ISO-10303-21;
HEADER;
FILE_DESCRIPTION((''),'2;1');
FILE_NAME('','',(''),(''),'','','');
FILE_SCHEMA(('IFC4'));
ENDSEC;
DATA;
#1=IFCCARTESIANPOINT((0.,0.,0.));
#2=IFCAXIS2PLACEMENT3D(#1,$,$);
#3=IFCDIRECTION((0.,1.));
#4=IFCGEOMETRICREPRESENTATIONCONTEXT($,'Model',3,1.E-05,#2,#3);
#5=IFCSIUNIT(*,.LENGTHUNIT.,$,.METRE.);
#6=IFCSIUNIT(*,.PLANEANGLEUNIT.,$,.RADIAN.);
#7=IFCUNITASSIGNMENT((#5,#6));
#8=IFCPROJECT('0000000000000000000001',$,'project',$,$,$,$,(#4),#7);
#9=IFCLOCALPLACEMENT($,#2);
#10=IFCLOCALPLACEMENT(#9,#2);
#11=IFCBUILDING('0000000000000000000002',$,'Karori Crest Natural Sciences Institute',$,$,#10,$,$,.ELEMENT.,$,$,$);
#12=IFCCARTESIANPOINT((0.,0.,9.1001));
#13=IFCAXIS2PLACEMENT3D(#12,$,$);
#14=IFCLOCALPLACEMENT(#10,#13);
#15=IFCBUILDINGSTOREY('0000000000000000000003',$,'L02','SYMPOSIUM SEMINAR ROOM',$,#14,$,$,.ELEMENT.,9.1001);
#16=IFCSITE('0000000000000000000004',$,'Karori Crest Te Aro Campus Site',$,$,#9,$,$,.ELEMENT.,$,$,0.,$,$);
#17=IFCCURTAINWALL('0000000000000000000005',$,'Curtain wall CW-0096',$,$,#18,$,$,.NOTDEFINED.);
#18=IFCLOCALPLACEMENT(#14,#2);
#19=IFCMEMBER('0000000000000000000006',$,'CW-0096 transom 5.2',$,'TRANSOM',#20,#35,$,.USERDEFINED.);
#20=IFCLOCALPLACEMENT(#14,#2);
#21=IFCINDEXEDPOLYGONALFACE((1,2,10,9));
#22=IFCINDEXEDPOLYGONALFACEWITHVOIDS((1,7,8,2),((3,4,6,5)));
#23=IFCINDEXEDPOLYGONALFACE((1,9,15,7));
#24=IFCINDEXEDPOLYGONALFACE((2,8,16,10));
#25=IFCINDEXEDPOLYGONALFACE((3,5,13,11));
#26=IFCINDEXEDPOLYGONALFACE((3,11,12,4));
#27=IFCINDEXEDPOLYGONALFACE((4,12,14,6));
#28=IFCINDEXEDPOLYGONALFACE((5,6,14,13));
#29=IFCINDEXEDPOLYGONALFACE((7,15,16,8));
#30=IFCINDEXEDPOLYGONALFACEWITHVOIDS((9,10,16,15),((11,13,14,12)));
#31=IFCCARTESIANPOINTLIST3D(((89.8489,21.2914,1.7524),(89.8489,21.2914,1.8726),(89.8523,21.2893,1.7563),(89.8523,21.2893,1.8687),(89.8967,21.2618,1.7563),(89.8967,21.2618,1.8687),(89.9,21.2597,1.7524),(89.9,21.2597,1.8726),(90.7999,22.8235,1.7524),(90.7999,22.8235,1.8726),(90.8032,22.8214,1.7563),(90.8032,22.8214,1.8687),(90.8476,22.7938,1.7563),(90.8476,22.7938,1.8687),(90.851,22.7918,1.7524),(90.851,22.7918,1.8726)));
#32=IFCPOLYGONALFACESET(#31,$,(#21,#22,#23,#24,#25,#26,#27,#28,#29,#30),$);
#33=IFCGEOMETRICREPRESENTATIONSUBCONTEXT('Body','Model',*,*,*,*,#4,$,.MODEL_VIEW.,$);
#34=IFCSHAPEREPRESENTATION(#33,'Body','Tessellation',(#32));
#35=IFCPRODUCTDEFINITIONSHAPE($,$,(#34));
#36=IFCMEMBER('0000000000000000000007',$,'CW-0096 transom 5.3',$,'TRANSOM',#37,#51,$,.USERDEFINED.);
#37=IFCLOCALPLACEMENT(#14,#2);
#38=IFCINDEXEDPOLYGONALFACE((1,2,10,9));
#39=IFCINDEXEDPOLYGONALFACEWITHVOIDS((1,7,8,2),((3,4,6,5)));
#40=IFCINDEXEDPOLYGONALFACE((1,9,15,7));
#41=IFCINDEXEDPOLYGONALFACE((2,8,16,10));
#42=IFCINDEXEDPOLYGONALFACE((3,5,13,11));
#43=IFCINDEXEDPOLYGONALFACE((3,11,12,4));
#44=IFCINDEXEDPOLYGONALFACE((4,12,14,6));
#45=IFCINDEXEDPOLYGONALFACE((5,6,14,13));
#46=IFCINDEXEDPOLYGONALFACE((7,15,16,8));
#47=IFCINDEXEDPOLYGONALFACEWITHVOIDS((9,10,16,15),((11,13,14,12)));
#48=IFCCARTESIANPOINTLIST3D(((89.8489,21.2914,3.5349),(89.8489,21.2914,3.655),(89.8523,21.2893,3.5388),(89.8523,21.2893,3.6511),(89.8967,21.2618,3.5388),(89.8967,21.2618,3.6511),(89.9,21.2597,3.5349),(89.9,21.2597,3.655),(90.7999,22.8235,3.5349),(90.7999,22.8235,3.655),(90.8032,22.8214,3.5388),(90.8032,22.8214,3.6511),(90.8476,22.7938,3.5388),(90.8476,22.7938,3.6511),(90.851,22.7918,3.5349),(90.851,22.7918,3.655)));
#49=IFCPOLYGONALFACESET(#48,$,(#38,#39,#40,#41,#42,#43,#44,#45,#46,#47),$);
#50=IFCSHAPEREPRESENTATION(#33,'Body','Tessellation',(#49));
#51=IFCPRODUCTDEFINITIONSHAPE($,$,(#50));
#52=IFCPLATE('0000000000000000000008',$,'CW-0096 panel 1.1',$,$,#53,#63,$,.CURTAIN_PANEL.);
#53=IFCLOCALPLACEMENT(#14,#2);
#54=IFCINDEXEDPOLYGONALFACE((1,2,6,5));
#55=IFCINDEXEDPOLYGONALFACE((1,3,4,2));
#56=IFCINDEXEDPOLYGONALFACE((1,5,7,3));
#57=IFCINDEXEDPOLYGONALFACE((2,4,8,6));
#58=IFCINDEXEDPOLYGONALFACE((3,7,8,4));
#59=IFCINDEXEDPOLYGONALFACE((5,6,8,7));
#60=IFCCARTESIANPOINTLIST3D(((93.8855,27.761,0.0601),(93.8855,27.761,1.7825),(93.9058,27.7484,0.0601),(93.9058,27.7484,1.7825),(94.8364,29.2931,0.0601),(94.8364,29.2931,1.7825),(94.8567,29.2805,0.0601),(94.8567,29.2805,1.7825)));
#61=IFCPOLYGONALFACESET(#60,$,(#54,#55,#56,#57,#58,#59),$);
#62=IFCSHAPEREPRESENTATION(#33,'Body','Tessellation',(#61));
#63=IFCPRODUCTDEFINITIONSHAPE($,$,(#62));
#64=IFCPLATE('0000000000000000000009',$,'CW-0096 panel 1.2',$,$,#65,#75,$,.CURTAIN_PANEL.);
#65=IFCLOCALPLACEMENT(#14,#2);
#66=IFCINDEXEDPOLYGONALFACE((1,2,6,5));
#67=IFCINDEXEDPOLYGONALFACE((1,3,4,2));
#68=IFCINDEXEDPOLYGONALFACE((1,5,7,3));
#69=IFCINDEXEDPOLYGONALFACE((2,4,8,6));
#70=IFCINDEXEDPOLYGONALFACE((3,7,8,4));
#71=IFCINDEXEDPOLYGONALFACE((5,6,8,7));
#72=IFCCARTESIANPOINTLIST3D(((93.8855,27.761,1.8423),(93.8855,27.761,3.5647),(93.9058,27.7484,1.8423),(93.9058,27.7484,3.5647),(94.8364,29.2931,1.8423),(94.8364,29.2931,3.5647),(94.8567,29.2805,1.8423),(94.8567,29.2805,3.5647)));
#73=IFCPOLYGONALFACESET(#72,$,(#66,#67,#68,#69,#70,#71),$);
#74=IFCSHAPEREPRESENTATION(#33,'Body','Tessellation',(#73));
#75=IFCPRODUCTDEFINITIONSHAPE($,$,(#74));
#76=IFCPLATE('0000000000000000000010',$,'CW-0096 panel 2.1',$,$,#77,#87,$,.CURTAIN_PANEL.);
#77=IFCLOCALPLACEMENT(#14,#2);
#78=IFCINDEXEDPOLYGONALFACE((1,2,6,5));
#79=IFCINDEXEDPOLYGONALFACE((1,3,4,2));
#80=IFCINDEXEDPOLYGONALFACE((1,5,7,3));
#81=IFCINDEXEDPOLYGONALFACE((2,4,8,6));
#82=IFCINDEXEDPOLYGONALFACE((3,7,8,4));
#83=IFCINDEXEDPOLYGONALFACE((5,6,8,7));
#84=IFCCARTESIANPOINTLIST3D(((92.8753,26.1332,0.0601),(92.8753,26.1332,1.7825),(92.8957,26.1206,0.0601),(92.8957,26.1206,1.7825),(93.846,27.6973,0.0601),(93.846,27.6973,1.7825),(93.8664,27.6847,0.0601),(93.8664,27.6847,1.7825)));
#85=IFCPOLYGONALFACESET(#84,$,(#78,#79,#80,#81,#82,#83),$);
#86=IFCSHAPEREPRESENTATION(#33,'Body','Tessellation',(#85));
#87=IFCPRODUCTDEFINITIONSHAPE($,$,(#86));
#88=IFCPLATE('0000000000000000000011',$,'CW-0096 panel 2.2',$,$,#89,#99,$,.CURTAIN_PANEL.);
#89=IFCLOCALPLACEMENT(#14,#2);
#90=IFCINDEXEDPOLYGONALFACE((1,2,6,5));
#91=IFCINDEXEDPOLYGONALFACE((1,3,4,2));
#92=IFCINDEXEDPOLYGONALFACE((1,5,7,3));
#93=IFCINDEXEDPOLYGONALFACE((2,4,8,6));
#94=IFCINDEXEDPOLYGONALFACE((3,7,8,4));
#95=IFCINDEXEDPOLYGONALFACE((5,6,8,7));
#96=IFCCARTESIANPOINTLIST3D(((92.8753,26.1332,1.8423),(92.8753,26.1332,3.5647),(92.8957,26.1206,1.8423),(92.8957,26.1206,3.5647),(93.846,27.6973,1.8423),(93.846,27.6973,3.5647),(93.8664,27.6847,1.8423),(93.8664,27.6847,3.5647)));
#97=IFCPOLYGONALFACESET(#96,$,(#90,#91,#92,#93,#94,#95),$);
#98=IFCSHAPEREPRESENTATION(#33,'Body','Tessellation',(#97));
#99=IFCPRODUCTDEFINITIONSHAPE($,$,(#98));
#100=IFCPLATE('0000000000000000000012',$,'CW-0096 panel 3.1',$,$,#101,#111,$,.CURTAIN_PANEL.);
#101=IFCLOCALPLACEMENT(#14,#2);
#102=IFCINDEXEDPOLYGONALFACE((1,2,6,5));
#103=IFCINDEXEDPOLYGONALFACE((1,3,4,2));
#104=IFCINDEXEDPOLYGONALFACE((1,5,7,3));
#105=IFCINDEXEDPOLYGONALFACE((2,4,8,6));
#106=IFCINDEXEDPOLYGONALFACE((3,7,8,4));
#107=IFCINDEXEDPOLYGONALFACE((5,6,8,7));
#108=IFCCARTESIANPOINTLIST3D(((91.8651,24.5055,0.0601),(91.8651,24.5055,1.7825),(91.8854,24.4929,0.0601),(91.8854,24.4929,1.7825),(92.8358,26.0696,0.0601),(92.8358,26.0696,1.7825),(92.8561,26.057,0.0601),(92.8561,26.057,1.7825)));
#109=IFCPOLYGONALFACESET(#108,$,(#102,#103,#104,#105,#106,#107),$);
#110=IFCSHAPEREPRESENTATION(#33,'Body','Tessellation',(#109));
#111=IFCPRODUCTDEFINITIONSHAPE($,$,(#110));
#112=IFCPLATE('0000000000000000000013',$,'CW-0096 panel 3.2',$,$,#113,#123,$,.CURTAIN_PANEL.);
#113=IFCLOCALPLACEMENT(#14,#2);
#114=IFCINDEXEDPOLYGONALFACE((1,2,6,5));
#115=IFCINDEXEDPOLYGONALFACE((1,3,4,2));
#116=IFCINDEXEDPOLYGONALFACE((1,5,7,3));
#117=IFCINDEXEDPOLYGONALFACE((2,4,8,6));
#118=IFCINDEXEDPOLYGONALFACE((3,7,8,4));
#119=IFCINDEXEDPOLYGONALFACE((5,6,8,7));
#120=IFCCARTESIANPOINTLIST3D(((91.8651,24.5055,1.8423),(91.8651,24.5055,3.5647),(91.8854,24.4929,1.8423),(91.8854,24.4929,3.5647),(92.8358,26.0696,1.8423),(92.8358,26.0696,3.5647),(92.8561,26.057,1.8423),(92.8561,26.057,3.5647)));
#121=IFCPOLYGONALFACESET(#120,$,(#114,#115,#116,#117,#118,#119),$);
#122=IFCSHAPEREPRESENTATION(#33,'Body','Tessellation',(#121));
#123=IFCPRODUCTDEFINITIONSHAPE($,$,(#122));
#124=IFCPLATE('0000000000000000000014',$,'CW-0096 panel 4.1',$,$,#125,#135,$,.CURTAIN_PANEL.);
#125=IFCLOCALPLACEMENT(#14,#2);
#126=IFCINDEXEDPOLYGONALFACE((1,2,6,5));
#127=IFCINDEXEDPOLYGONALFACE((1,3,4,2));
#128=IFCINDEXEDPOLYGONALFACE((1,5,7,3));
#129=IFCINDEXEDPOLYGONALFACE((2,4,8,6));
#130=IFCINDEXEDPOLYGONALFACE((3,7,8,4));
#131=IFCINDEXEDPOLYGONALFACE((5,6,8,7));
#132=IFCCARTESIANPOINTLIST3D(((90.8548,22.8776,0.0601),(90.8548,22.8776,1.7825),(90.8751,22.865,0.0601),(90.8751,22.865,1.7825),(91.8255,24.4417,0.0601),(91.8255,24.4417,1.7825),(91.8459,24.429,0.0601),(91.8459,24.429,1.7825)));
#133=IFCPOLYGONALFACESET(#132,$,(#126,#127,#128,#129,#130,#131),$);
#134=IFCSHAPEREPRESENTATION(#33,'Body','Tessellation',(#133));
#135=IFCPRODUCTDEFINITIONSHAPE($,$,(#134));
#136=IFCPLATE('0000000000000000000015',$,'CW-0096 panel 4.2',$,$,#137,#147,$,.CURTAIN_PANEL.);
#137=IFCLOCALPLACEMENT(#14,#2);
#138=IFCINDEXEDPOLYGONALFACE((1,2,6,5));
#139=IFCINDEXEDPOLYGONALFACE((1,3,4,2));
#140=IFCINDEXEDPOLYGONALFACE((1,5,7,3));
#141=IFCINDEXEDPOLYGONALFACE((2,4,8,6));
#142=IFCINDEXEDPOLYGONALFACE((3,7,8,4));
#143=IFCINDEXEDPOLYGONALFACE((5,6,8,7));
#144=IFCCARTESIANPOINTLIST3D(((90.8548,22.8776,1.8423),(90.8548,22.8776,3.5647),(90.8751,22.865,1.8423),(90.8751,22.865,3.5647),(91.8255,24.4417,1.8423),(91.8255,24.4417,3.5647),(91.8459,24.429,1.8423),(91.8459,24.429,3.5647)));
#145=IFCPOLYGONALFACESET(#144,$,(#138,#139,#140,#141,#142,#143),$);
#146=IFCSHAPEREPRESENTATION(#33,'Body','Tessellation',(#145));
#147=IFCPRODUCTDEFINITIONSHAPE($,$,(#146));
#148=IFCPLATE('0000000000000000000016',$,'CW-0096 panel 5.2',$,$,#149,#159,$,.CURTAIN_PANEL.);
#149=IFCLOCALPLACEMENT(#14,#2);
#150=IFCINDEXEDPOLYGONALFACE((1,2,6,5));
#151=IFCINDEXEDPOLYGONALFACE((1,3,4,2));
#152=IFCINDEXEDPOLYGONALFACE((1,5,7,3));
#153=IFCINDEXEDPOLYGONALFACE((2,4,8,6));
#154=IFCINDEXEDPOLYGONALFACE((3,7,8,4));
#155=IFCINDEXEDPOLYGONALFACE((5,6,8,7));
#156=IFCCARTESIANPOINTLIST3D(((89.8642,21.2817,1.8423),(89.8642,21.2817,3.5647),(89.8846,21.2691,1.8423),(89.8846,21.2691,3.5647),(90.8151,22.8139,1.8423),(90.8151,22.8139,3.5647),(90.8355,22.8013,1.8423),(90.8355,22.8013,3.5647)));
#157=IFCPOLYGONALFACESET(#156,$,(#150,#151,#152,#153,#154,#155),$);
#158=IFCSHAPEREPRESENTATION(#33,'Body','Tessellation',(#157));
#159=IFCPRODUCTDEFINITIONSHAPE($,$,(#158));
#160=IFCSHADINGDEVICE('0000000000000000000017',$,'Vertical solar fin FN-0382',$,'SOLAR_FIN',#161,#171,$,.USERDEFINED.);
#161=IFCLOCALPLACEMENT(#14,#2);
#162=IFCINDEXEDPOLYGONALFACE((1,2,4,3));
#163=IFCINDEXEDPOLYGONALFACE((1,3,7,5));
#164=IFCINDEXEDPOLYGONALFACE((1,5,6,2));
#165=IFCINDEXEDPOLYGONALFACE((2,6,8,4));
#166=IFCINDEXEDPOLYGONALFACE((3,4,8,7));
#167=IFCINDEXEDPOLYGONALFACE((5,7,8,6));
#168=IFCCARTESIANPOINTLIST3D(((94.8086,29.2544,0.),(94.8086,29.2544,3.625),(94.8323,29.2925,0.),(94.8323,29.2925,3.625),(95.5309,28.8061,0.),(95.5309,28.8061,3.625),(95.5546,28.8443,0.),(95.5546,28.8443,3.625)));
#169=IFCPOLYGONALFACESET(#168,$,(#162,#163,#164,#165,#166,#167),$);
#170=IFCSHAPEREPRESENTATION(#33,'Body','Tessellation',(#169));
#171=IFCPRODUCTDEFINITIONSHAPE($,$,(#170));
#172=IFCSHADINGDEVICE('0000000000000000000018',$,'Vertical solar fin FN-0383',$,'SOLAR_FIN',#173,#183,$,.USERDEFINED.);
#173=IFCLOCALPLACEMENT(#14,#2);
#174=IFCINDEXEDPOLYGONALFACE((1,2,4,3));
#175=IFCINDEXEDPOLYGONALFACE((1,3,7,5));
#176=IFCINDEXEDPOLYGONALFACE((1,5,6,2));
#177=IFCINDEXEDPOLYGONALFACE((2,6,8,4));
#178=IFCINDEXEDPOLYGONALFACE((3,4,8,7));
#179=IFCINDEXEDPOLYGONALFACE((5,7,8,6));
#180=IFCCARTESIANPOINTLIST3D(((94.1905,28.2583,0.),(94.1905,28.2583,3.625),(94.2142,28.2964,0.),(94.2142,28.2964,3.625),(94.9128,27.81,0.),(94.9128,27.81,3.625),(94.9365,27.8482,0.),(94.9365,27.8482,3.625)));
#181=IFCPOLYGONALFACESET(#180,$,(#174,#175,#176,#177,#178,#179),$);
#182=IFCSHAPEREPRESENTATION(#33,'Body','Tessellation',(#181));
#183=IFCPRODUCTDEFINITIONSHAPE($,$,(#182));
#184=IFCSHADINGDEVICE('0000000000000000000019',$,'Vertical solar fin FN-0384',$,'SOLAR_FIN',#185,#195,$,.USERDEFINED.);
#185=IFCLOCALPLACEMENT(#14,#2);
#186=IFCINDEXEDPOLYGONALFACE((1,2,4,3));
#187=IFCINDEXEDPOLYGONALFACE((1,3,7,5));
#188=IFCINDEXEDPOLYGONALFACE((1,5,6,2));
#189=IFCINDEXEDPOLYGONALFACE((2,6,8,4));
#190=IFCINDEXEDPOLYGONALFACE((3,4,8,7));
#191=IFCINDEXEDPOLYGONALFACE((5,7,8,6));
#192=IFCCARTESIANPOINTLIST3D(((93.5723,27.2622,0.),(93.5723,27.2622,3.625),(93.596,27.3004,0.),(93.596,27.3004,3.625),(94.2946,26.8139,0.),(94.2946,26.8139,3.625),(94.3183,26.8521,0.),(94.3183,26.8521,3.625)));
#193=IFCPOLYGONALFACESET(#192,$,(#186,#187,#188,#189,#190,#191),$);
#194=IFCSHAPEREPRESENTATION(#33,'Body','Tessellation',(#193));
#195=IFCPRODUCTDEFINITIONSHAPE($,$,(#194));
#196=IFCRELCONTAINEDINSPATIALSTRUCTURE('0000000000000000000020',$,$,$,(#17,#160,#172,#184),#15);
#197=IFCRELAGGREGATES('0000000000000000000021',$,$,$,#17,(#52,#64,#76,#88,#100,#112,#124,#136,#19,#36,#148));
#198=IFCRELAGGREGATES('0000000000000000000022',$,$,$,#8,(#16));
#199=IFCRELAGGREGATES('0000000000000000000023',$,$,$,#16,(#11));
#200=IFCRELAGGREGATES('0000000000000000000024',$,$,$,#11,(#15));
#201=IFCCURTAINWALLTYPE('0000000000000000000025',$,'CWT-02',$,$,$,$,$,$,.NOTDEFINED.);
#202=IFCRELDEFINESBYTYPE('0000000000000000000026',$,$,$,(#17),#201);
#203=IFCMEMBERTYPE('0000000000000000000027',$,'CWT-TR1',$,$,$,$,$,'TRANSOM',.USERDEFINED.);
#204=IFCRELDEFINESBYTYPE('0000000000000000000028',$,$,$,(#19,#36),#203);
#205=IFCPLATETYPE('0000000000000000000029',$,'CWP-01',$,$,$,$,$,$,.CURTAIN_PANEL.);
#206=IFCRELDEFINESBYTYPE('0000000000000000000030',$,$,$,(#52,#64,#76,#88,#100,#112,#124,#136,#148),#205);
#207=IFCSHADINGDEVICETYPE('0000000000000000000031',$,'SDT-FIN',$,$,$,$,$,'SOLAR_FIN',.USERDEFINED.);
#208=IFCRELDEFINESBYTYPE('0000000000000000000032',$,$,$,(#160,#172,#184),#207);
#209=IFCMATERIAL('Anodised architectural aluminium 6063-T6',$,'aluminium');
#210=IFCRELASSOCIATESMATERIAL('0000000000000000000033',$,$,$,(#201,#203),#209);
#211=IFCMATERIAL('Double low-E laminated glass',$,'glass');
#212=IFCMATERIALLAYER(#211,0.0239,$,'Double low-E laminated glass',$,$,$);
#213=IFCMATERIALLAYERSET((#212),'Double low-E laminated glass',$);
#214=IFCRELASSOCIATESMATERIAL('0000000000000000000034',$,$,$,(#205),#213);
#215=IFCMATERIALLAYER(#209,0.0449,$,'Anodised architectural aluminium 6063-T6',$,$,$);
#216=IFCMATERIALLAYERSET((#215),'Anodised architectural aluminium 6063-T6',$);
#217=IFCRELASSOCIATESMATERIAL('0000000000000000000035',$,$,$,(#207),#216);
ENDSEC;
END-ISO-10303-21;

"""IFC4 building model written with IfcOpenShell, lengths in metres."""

from ifc_helpers import new_model, si_unit, direction, frame, origin, origin_2d, place, context, subcontext, project, spatial, rectangle, hollow_rectangle, extrude, material, layer, layer_set, material_profile, profile_set, type_object, element, aggregate, save


model = new_model("IFC4")

# Units and contexts
model_context = context("Model", 3, precision=1e-05, world=origin(), true_north=direction((0.0, 1.0)))
body_context = subcontext(model_context, "Body", "Model", "MODEL_VIEW")
ifc_project = project(units=[si_unit("LENGTHUNIT", "METRE"), si_unit("PLANEANGLEUNIT", "RADIAN")], contexts=[model_context])

# Site, building, storey
site_placement = place(None, origin())
site = spatial("IfcSite", under=ifc_project, at=site_placement, Name="Karori Crest Te Aro Campus Site", CompositionType="ELEMENT", RefElevation=0.0)
building_placement = place(site_placement, origin())
building = spatial("IfcBuilding", under=site, at=building_placement, Name="Karori Crest Natural Sciences Institute", CompositionType="ELEMENT")
storey_placement = place(building_placement, frame((0.0, 0.0, 9.1001)))
storey = spatial("IfcBuildingStorey", under=building, at=storey_placement, Name="L02", Description="SYMPOSIUM SEMINAR ROOM", CompositionType="ELEMENT", Elevation=9.1001)

# Curtain wall, members, plates
ifc_material_1 = material(Name="Anodised architectural aluminium 6063-T6", Category="aluminium")
curtain_wall_type = type_object("IfcCurtainWallType", Name="CWT-02", PredefinedType="NOTDEFINED", material=ifc_material_1)
curtain_wall_placement = place(storey_placement, origin())
curtain_wall = element("IfcCurtainWall", 1, at=curtain_wall_placement, inside=storey, type_object=curtain_wall_type, Name="Curtain wall CW-0096", PredefinedType="NOTDEFINED")
ifc_material_profile_1 = material_profile(ifc_material_1, hollow_rectangle(XDim=0.0601, YDim=0.1201, WallThickness=0.0039, at=origin_2d()), Name="CWT120x60x4")
ifc_profile_set_1 = profile_set([ifc_material_profile_1], Name="Anodised architectural aluminium 6063-T6")
member_type_1 = type_object("IfcMemberType", Name="CWT-TR1", ElementType="TRANSOM", PredefinedType="USERDEFINED", material=ifc_profile_set_1)
member_1_placement = place(storey_placement, frame((90.8254, 22.8076, 1.8125), z_axis=(-0.52738, -0.84963, 0.0), x_axis=(0.84963, -0.52738, 0.0)))
member_1 = element("IfcMember", 2, at=member_1_placement, type_object=member_type_1, Name="CW-0096 transom 5.2", ObjectType="TRANSOM", PredefinedType="USERDEFINED", context=body_context, shape_type="SweptSolid", body=[
    extrude(hollow_rectangle(XDim=0.0601, YDim=0.1201, WallThickness=0.0039, at=origin_2d()), origin(), (0.0, 0.0, 1.0), 1.8032),
])
member_2_placement = place(storey_placement, frame((90.8254, 22.8076, 3.595), z_axis=(-0.52738, -0.84963, 0.0), x_axis=(0.84963, -0.52738, 0.0)))
member_2 = element("IfcMember", 3, at=member_2_placement, type_object=member_type_1, Name="CW-0096 transom 5.3", ObjectType="TRANSOM", PredefinedType="USERDEFINED", context=body_context, shape_type="SweptSolid", body=[
    extrude(hollow_rectangle(XDim=0.0601, YDim=0.1201, WallThickness=0.0039, at=origin_2d()), origin(), (0.0, 0.0, 1.0), 1.8032),
])
ifc_material_2 = material(Name="Double low-E laminated glass", Category="glass")
ifc_layer_1 = layer(ifc_material_2, 0.0239, Name="Double low-E laminated glass")
ifc_layer_set_1 = layer_set([ifc_layer_1], Name="Double low-E laminated glass")
plate_type = type_object("IfcPlateType", Name="CWP-01", PredefinedType="CURTAIN_PANEL", material=ifc_layer_set_1)
plate_1_placement = place(storey_placement, frame((94.3711, 28.5208, 0.0601), z_axis=(0.0, 0.0, 1.0), x_axis=(-0.527328, -0.849662, 0.0)))
plate_1 = element("IfcPlate", 4, at=plate_1_placement, type_object=plate_type, Name="CW-0096 panel 1.1", PredefinedType="CURTAIN_PANEL", context=body_context, shape_type="SweptSolid", body=[
    extrude(rectangle(XDim=1.8032, YDim=0.0239, at=origin_2d()), origin(), (0.0, 0.0, 1.0), 1.7224),
])
plate_2_placement = place(storey_placement, frame((94.3711, 28.5208, 1.8423), z_axis=(0.0, 0.0, 1.0), x_axis=(-0.527328, -0.849662, 0.0)))
plate_2 = element("IfcPlate", 5, at=plate_2_placement, type_object=plate_type, Name="CW-0096 panel 1.2", PredefinedType="CURTAIN_PANEL", context=body_context, shape_type="SweptSolid", body=[
    extrude(rectangle(XDim=1.8032, YDim=0.0239, at=origin_2d()), origin(), (0.0, 0.0, 1.0), 1.7224),
])
plate_3_placement = place(storey_placement, frame((93.3708, 26.9089, 0.0601), z_axis=(0.0, 0.0, 1.0), x_axis=(-0.527328, -0.849662, 0.0)))
plate_3 = element("IfcPlate", 6, at=plate_3_placement, type_object=plate_type, Name="CW-0096 panel 2.1", PredefinedType="CURTAIN_PANEL", context=body_context, shape_type="SweptSolid", body=[
    extrude(rectangle(XDim=1.8408, YDim=0.0239, at=origin_2d()), origin(), (0.0, 0.0, 1.0), 1.7224),
])
plate_4_placement = place(storey_placement, frame((93.3708, 26.9089, 1.8423), z_axis=(0.0, 0.0, 1.0), x_axis=(-0.527328, -0.849662, 0.0)))
plate_4 = element("IfcPlate", 7, at=plate_4_placement, type_object=plate_type, Name="CW-0096 panel 2.2", PredefinedType="CURTAIN_PANEL", context=body_context, shape_type="SweptSolid", body=[
    extrude(rectangle(XDim=1.8408, YDim=0.0239, at=origin_2d()), origin(), (0.0, 0.0, 1.0), 1.7224),
])
plate_5_placement = place(storey_placement, frame((92.3606, 25.2812, 0.0601), z_axis=(0.0, 0.0, 1.0), x_axis=(-0.527328, -0.849662, 0.0)))
plate_5 = element("IfcPlate", 8, at=plate_5_placement, type_object=plate_type, Name="CW-0096 panel 3.1", PredefinedType="CURTAIN_PANEL", context=body_context, shape_type="SweptSolid", body=[
    extrude(rectangle(XDim=1.8408, YDim=0.0239, at=origin_2d()), origin(), (0.0, 0.0, 1.0), 1.7224),
])
plate_6_placement = place(storey_placement, frame((92.3606, 25.2812, 1.8423), z_axis=(0.0, 0.0, 1.0), x_axis=(-0.527328, -0.849662, 0.0)))
plate_6 = element("IfcPlate", 9, at=plate_6_placement, type_object=plate_type, Name="CW-0096 panel 3.2", PredefinedType="CURTAIN_PANEL", context=body_context, shape_type="SweptSolid", body=[
    extrude(rectangle(XDim=1.8408, YDim=0.0239, at=origin_2d()), origin(), (0.0, 0.0, 1.0), 1.7224),
])
plate_7_placement = place(storey_placement, frame((91.3503, 23.6533, 0.0601), z_axis=(0.0, 0.0, 1.0), x_axis=(-0.527328, -0.849662, 0.0)))
plate_7 = element("IfcPlate", 10, at=plate_7_placement, type_object=plate_type, Name="CW-0096 panel 4.1", PredefinedType="CURTAIN_PANEL", context=body_context, shape_type="SweptSolid", body=[
    extrude(rectangle(XDim=1.8408, YDim=0.0239, at=origin_2d()), origin(), (0.0, 0.0, 1.0), 1.7224),
])
plate_8_placement = place(storey_placement, frame((91.3503, 23.6533, 1.8423), z_axis=(0.0, 0.0, 1.0), x_axis=(-0.527328, -0.849662, 0.0)))
plate_8 = element("IfcPlate", 11, at=plate_8_placement, type_object=plate_type, Name="CW-0096 panel 4.2", PredefinedType="CURTAIN_PANEL", context=body_context, shape_type="SweptSolid", body=[
    extrude(rectangle(XDim=1.8408, YDim=0.0239, at=origin_2d()), origin(), (0.0, 0.0, 1.0), 1.7224),
])
plate_9_placement = place(storey_placement, frame((90.3499, 22.0415, 1.8423), z_axis=(0.0, 0.0, 1.0), x_axis=(-0.527328, -0.849662, 0.0)))
plate_9 = element("IfcPlate", 12, at=plate_9_placement, type_object=plate_type, Name="CW-0096 panel 5.2", PredefinedType="CURTAIN_PANEL", context=body_context, shape_type="SweptSolid", body=[
    extrude(rectangle(XDim=1.8032, YDim=0.0239, at=origin_2d()), origin(), (0.0, 0.0, 1.0), 1.7224),
])
aggregate(curtain_wall, [plate_1, plate_2, plate_3, plate_4, plate_5, plate_6, plate_7, plate_8, member_1, member_2, plate_9])

# Shading devices
ifc_layer_2 = layer(ifc_material_1, 0.0449, Name="Anodised architectural aluminium 6063-T6")
ifc_layer_set_2 = layer_set([ifc_layer_2], Name="Anodised architectural aluminium 6063-T6")
shading_device_type = type_object("IfcShadingDeviceType", Name="SDT-FIN", ElementType="SOLAR_FIN", PredefinedType="USERDEFINED", material=ifc_layer_set_2)
for number, where, z_axis, x_axis, name in (
    (13, (95.1816, 29.0493, 0.0), (0.0, 0.0, 1.0), (0.849662, -0.527328, 0.0), "Vertical solar fin FN-0382"),
    (14, (94.5635, 28.0532, 0.0), (0.0, 0.0, 1.0), (0.849662, -0.527328, 0.0), "Vertical solar fin FN-0383"),
    (15, (93.9453, 27.0571, 0.0), (0.0, 0.0, 1.0), (0.849662, -0.527328, 0.0), "Vertical solar fin FN-0384"),
):
    element("IfcShadingDevice", number, at=place(storey_placement, frame(where, z_axis=z_axis, x_axis=x_axis)), inside=storey, type_object=shading_device_type, Name=name, ObjectType="SOLAR_FIN", PredefinedType="USERDEFINED", context=body_context, shape_type="SweptSolid", body=[
        extrude(rectangle(XDim=0.8501, YDim=0.0449, at=origin_2d()), origin(), (0.0, 0.0, 1.0), 3.625),
    ])

save(model, "model.ifc")
